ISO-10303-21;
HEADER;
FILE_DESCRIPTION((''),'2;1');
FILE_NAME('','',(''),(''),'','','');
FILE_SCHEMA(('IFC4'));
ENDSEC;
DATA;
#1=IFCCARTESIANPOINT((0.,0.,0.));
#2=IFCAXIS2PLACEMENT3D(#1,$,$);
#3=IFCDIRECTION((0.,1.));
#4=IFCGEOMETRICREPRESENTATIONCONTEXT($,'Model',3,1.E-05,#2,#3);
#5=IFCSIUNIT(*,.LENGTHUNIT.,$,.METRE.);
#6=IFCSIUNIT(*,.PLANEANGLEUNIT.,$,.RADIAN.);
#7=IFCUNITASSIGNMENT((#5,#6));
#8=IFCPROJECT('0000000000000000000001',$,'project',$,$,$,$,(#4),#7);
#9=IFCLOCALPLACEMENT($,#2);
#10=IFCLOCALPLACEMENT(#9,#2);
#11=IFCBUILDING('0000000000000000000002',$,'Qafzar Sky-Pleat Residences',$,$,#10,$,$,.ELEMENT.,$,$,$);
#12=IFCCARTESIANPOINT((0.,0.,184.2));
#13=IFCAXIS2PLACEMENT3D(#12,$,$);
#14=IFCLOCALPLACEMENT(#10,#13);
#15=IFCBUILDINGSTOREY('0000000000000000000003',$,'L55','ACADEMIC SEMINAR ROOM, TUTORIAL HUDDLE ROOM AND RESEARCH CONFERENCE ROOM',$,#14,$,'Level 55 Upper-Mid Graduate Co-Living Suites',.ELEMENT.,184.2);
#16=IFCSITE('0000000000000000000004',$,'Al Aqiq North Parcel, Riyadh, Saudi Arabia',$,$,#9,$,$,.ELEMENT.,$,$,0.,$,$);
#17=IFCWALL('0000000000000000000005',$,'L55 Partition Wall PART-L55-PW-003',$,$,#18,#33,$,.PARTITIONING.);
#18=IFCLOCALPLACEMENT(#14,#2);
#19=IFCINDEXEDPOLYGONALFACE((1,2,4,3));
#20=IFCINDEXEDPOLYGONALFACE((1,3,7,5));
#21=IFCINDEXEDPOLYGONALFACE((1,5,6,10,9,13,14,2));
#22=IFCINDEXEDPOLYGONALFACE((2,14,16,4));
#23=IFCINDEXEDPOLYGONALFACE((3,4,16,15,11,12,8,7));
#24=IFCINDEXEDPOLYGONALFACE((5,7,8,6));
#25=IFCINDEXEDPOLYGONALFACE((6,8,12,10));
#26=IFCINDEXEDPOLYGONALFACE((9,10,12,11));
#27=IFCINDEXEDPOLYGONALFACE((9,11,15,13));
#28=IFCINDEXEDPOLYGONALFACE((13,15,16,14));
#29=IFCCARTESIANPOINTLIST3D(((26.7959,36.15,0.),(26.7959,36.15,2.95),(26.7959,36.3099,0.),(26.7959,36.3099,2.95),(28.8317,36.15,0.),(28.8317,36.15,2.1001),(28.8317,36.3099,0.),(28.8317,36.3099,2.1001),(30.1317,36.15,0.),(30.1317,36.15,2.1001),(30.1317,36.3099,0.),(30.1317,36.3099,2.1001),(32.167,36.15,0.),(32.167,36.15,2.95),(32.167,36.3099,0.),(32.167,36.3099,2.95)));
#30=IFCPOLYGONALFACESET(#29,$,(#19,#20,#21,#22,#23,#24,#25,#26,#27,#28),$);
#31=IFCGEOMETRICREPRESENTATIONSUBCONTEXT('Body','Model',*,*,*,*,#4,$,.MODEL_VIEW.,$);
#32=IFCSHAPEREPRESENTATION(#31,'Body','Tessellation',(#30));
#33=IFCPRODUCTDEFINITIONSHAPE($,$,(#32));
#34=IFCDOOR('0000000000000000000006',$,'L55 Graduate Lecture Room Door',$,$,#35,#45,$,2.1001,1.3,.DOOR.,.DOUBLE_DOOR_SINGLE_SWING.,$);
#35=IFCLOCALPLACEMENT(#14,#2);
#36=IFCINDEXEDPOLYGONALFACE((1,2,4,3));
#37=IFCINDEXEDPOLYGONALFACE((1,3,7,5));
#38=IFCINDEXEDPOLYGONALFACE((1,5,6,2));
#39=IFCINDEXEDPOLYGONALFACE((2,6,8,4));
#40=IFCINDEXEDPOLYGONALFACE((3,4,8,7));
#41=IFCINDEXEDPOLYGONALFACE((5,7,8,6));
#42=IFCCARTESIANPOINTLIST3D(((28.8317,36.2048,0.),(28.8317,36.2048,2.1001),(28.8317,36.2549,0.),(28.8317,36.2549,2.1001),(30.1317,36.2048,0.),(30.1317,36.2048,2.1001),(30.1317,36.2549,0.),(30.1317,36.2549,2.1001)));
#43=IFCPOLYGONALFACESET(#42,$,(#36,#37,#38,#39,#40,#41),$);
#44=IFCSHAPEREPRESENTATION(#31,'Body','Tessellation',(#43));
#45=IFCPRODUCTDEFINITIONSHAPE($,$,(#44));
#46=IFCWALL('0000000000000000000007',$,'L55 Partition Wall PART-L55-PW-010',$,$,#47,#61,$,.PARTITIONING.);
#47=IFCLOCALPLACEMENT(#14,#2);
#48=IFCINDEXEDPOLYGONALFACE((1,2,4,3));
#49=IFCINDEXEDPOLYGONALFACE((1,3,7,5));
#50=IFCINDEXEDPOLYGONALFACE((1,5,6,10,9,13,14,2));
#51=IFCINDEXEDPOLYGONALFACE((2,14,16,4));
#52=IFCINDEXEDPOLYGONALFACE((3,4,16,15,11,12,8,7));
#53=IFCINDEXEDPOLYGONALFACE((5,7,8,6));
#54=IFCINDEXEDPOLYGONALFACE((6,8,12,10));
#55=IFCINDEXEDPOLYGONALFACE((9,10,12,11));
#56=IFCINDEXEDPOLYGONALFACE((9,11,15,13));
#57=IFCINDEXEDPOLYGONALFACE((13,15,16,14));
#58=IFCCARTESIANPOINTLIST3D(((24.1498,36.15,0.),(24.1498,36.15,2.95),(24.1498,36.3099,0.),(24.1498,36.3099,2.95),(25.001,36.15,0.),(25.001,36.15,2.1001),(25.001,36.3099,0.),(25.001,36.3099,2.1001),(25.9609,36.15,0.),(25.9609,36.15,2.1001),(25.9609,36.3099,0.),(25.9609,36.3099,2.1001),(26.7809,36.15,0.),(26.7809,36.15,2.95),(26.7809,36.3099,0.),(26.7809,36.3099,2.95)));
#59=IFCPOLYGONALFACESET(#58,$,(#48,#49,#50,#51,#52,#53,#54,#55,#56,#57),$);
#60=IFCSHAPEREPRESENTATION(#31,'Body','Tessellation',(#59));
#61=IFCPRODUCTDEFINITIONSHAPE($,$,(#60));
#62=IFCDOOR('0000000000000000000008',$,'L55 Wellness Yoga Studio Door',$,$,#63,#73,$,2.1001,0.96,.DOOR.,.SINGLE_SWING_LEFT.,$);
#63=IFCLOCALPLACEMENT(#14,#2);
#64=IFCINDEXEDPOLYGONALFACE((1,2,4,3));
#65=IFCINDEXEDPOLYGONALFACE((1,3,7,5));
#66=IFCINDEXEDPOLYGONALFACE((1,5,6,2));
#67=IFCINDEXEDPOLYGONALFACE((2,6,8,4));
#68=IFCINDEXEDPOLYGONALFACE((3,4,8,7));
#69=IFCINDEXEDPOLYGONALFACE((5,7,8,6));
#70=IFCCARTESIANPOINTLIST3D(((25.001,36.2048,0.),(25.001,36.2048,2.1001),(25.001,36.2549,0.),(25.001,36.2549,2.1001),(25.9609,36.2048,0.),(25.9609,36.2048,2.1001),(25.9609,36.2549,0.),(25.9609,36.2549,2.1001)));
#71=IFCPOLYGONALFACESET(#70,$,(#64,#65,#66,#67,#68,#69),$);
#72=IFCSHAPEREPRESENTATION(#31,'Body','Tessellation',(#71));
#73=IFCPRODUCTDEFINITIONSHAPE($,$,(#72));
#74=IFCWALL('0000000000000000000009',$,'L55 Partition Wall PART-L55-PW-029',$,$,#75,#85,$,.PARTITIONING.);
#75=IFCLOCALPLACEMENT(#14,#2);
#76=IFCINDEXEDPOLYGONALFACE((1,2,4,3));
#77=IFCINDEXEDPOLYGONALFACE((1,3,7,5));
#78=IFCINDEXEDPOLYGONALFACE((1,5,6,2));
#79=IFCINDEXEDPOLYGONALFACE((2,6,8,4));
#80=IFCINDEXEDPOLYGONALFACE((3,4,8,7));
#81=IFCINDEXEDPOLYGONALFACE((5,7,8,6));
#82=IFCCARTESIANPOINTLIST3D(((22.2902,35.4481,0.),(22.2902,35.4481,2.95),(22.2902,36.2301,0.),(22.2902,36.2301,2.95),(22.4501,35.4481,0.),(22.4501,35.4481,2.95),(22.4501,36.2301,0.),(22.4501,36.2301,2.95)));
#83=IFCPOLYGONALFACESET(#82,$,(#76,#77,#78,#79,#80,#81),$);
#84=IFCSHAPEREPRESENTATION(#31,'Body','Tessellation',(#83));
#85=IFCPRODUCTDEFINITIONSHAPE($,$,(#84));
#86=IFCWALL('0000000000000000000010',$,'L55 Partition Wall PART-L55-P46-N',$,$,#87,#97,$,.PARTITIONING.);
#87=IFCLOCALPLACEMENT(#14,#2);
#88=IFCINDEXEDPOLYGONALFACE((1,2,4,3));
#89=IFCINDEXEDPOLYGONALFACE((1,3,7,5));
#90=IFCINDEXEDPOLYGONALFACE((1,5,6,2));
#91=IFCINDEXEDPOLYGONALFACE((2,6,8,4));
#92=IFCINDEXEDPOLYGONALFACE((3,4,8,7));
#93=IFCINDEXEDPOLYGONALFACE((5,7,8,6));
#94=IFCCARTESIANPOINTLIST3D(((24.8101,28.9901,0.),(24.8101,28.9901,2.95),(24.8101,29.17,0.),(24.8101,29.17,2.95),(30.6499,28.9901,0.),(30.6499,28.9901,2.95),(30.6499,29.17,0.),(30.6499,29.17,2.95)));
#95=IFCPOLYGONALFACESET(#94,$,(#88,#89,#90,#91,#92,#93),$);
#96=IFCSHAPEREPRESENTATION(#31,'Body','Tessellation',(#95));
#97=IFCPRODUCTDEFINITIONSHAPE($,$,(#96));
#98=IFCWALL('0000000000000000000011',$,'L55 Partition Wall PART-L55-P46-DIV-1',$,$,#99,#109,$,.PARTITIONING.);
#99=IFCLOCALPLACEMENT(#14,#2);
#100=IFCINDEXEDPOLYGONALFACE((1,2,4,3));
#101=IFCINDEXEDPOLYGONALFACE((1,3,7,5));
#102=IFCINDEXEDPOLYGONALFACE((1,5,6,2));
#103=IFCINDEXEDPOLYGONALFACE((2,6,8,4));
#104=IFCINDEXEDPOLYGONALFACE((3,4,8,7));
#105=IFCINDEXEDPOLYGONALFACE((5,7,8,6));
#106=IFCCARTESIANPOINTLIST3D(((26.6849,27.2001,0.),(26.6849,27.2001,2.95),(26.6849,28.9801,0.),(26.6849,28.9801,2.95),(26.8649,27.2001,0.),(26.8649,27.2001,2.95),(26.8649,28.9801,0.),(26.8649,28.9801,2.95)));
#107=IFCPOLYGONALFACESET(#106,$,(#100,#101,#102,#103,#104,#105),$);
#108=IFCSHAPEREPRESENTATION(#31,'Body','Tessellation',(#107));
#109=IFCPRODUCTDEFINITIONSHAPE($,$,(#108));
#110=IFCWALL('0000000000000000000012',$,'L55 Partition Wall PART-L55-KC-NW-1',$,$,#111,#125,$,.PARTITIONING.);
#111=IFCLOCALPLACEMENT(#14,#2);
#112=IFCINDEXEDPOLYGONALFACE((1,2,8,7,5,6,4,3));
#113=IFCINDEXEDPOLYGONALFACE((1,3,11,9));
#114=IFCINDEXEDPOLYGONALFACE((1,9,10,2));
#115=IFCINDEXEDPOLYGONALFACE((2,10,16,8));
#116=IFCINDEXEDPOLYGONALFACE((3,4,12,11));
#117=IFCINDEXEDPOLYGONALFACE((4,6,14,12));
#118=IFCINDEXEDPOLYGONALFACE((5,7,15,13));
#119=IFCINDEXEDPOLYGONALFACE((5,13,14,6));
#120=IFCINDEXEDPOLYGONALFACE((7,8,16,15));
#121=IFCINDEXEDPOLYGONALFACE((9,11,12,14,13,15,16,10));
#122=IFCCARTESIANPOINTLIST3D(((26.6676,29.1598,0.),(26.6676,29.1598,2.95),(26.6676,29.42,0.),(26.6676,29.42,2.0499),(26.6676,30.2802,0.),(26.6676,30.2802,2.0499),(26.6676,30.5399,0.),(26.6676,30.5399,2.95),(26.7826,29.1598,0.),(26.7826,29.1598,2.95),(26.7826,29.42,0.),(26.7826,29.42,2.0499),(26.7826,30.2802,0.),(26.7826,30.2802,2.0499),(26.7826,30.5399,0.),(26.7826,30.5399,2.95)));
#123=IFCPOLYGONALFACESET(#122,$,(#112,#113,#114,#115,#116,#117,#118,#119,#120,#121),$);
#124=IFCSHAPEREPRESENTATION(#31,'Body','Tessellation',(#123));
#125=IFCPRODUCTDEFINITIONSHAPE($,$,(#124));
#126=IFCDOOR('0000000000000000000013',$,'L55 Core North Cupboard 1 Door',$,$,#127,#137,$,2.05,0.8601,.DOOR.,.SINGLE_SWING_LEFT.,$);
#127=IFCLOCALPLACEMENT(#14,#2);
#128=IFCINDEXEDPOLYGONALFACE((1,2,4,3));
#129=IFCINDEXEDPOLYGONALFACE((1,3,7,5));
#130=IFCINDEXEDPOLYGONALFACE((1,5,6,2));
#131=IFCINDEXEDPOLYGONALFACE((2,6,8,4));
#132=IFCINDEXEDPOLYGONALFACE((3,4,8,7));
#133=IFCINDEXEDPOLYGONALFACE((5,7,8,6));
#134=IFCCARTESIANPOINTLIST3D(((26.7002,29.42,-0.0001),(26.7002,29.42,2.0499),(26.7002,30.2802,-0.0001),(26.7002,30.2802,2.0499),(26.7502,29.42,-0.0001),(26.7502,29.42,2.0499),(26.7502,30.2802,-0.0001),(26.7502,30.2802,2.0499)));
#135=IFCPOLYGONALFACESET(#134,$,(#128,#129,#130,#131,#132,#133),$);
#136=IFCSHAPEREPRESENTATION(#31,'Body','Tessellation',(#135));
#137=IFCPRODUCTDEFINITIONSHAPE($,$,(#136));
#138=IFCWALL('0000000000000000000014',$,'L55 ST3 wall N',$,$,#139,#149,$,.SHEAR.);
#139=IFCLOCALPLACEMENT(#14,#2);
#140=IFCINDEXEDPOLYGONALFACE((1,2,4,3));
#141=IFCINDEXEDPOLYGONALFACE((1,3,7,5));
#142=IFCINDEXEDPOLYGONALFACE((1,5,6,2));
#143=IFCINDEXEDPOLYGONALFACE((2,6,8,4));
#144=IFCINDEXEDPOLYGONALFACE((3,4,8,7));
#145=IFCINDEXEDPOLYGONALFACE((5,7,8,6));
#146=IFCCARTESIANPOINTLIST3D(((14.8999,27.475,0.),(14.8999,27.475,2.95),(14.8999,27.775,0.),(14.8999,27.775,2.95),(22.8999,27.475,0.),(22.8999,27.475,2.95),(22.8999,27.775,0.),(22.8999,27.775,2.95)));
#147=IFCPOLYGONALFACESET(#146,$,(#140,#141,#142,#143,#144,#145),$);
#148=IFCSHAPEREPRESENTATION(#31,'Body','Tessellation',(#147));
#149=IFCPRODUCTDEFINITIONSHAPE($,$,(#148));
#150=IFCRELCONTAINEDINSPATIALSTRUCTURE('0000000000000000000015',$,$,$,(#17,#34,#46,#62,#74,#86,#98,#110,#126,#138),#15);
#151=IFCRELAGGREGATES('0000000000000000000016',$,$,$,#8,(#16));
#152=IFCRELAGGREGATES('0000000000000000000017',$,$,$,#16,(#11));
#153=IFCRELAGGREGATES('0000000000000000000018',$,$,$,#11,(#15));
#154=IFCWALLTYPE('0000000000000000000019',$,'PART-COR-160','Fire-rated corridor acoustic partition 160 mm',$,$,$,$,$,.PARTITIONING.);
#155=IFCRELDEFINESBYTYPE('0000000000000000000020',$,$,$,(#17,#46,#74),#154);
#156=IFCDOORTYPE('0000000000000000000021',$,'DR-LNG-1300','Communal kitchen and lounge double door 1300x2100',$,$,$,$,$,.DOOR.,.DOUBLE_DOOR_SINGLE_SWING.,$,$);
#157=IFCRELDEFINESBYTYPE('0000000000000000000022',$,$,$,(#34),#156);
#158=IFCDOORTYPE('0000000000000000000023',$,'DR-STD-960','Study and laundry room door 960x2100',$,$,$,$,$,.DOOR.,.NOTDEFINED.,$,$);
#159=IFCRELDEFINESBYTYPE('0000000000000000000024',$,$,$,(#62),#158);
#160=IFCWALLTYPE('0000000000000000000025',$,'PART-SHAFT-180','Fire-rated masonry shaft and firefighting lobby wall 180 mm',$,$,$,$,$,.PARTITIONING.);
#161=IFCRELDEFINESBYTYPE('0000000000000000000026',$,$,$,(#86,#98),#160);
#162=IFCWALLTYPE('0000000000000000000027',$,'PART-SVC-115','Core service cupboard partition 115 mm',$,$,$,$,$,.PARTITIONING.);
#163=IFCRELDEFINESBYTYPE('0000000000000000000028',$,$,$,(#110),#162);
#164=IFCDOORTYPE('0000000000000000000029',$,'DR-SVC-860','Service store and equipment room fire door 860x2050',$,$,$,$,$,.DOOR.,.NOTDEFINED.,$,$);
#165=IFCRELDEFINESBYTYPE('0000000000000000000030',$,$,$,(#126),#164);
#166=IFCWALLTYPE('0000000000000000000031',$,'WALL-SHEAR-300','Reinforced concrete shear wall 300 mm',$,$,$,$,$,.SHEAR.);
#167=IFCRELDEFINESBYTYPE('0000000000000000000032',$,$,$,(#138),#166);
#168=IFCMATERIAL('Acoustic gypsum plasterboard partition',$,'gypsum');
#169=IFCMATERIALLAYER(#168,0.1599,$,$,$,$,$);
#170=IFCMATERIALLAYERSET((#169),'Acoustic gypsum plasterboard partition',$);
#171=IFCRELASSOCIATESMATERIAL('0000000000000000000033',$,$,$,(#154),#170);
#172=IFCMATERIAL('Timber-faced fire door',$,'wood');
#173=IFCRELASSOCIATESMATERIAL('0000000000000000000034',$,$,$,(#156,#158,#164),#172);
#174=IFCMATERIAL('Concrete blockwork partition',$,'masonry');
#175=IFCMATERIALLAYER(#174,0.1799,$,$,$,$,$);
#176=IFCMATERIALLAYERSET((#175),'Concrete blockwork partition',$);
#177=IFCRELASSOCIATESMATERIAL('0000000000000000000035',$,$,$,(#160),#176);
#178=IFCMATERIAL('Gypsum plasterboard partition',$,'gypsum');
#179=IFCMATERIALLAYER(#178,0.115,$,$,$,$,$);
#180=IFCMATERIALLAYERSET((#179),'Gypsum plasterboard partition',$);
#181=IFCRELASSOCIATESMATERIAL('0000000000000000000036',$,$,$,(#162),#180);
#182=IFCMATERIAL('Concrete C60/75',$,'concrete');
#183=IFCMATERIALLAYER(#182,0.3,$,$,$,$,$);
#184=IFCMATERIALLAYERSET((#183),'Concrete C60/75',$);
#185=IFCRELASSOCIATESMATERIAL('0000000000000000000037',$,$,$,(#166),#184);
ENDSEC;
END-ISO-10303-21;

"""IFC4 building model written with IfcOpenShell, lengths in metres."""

from ifc_helpers import new_model, si_unit, direction, frame, frame_2d, origin, place, context, subcontext, project, spatial, rectangle, extrude, source, transform, mapped, material, layer, layer_set, type_object, element, fill, save


model = new_model("IFC4")

# Units and contexts
model_context = context("Model", 3, precision=1e-05, world=origin(), true_north=direction((0.0, 1.0)))
body_context = subcontext(model_context, "Body", "Model", "MODEL_VIEW")
ifc_project = project(units=[si_unit("LENGTHUNIT", "METRE"), si_unit("PLANEANGLEUNIT", "RADIAN")], contexts=[model_context])

# Site, building, storey
site_placement = place(None, origin())
site = spatial("IfcSite", under=ifc_project, at=site_placement, Name="Al Aqiq North Parcel, Riyadh, Saudi Arabia", CompositionType="ELEMENT", RefElevation=0.0)
building_placement = place(site_placement, origin())
building = spatial("IfcBuilding", under=site, at=building_placement, Name="Qafzar Sky-Pleat Residences", CompositionType="ELEMENT")
storey_placement = place(building_placement, frame((0.0, 0.0, 184.2)))
storey = spatial("IfcBuildingStorey", under=building, at=storey_placement, Name="L55", Description="ACADEMIC SEMINAR ROOM, TUTORIAL HUDDLE ROOM AND RESEARCH CONFERENCE ROOM", LongName="Level 55 Upper-Mid Graduate Co-Living Suites", CompositionType="ELEMENT", Elevation=184.2)

# Walls, openings, doors
ifc_material_1 = material(Name="Acoustic gypsum plasterboard partition", Category="gypsum")
ifc_layer_1 = layer(ifc_material_1, 0.1599)
ifc_layer_set_1 = layer_set([ifc_layer_1], Name="Acoustic gypsum plasterboard partition")
wall_type_1 = type_object("IfcWallType", Name="PART-COR-160", Description="Fire-rated corridor acoustic partition 160 mm", PredefinedType="PARTITIONING", material=ifc_layer_set_1)
wall_1_placement = place(storey_placement, frame((26.7959, 36.23, 0.0), z_axis=(0.0, 0.0, 1.0), x_axis=(1.0, 0.0, 0.0)))
wall_1 = element("IfcWall", 1, at=wall_1_placement, inside=storey, type_object=wall_type_1, Name="L55 Partition Wall PART-L55-PW-003", PredefinedType="PARTITIONING", context=body_context, shape_type="SweptSolid", body=[
    extrude(rectangle(XDim=5.3711, YDim=0.1599, at=frame_2d((2.6855, 0.0))), origin(), (0.0, 0.0, 1.0), 2.95),
])
opening_1_placement = place(wall_1_placement, frame((2.0359, 0.0, 0.0)))
opening_1 = element("IfcOpeningElement", 2, at=opening_1_placement, cuts=wall_1, PredefinedType="OPENING", context=body_context, shape_type="SweptSolid", body=[
    extrude(rectangle(XDim=1.3, YDim=2.1001, at=frame_2d((0.6499, 1.05))), frame((0.0, 0.0898, 0.0), z_axis=(0.0, -1.0, 0.0), x_axis=(1.0, 0.0, 0.0)), (0.0, 0.0, 1.0), 0.1799),
])
ifc_material_2 = material(Name="Timber-faced fire door", Category="wood")
door_type_1 = type_object("IfcDoorType", Name="DR-LNG-1300", Description="Communal kitchen and lounge double door 1300x2100", OperationType="DOUBLE_DOOR_SINGLE_SWING", PredefinedType="DOOR", material=ifc_material_2)
shared_shape_1 = source(origin(), body_context, "Body", "SweptSolid", [
    extrude(rectangle(XDim=1.3, YDim=2.1001, at=frame_2d((0.6499, 1.05))), frame((0.0, 0.0249, 0.0), z_axis=(0.0, -1.0, 0.0), x_axis=(1.0, 0.0, 0.0)), (0.0, 0.0, 1.0), 0.05),
])
door_1_placement = place(opening_1_placement, origin())
door_1 = element("IfcDoor", 3, at=door_1_placement, inside=storey, type_object=door_type_1, Name="L55 Graduate Lecture Room Door", OperationType="DOUBLE_DOOR_SINGLE_SWING", OverallHeight=2.1001, OverallWidth=1.3, PredefinedType="DOOR", context=body_context, shape_type="MappedRepresentation", body=[
    mapped(shared_shape_1, transform((0.0, 0.0, 0.0), x_axis=(1.0, 0.0, 0.0), y_axis=(0.0, 1.0, 0.0), z_axis=(0.0, 0.0, 1.0), scale=1.0)),
])
fill(opening_1, door_1)
wall_2_placement = place(storey_placement, frame((24.1499, 36.23, 0.0), z_axis=(0.0, 0.0, 1.0), x_axis=(1.0, 0.0, 0.0)))
wall_2 = element("IfcWall", 4, at=wall_2_placement, inside=storey, type_object=wall_type_1, Name="L55 Partition Wall PART-L55-PW-010", PredefinedType="PARTITIONING", context=body_context, shape_type="SweptSolid", body=[
    extrude(rectangle(XDim=2.6311, YDim=0.1599, at=frame_2d((1.3154, 0.0))), origin(), (0.0, 0.0, 1.0), 2.95),
])
opening_2_placement = place(wall_2_placement, frame((0.8511, 0.0, 0.0)))
opening_2 = element("IfcOpeningElement", 5, at=opening_2_placement, cuts=wall_2, PredefinedType="OPENING", context=body_context, shape_type="SweptSolid", body=[
    extrude(rectangle(XDim=0.96, YDim=2.1001, at=frame_2d((0.48, 1.05))), frame((0.0, 0.0898, 0.0), z_axis=(0.0, -1.0, 0.0), x_axis=(1.0, 0.0, 0.0)), (0.0, 0.0, 1.0), 0.1799),
])
door_type_2 = type_object("IfcDoorType", Name="DR-STD-960", Description="Study and laundry room door 960x2100", OperationType="NOTDEFINED", PredefinedType="DOOR", material=ifc_material_2)
shared_shape_2 = source(origin(), body_context, "Body", "SweptSolid", [
    extrude(rectangle(XDim=0.96, YDim=2.1001, at=frame_2d((0.48, 1.05))), frame((0.0, 0.0249, 0.0), z_axis=(0.0, -1.0, 0.0), x_axis=(1.0, 0.0, 0.0)), (0.0, 0.0, 1.0), 0.05),
])
door_2_placement = place(opening_2_placement, origin())
door_2 = element("IfcDoor", 6, at=door_2_placement, inside=storey, type_object=door_type_2, Name="L55 Wellness Yoga Studio Door", OperationType="SINGLE_SWING_LEFT", OverallHeight=2.1001, OverallWidth=0.96, PredefinedType="DOOR", context=body_context, shape_type="MappedRepresentation", body=[
    mapped(shared_shape_2, transform((0.0, 0.0, 0.0), x_axis=(1.0, 0.0, 0.0), y_axis=(0.0, 1.0, 0.0), z_axis=(0.0, 0.0, 1.0), scale=1.0)),
])
fill(opening_2, door_2)

# Walls
wall_3_placement = place(storey_placement, frame((22.3701, 35.448, 0.0), z_axis=(0.0, 0.0, 1.0), x_axis=(0.0, 1.0, 0.0)))
element("IfcWall", 7, at=wall_3_placement, inside=storey, type_object=wall_type_1, Name="L55 Partition Wall PART-L55-PW-029", PredefinedType="PARTITIONING", context=body_context, shape_type="SweptSolid", body=[
    extrude(rectangle(XDim=0.782, YDim=0.1599, at=frame_2d((0.3911, 0.0))), origin(), (0.0, 0.0, 1.0), 2.95),
])
ifc_material_3 = material(Name="Concrete blockwork partition", Category="masonry")
ifc_layer_2 = layer(ifc_material_3, 0.1799)
ifc_layer_set_2 = layer_set([ifc_layer_2], Name="Concrete blockwork partition")
wall_type_2 = type_object("IfcWallType", Name="PART-SHAFT-180", Description="Fire-rated masonry shaft and firefighting lobby wall 180 mm", PredefinedType="PARTITIONING", material=ifc_layer_set_2)
wall_4_placement = place(storey_placement, frame((24.8101, 29.0801, 0.0), z_axis=(0.0, 0.0, 1.0), x_axis=(1.0, 0.0, 0.0)))
element("IfcWall", 8, at=wall_4_placement, inside=storey, type_object=wall_type_2, Name="L55 Partition Wall PART-L55-P46-N", PredefinedType="PARTITIONING", context=body_context, shape_type="SweptSolid", body=[
    extrude(rectangle(XDim=5.8398, YDim=0.1799, at=frame_2d((2.9199, 0.0))), origin(), (0.0, 0.0, 1.0), 2.95),
])

# Wall
wall_5_placement = place(storey_placement, frame((26.7749, 27.2, 0.0), z_axis=(0.0, 0.0, 1.0), x_axis=(0.0, 1.0, 0.0)))
element("IfcWall", 9, at=wall_5_placement, inside=storey, type_object=wall_type_2, Name="L55 Partition Wall PART-L55-P46-DIV-1", PredefinedType="PARTITIONING", context=body_context, shape_type="SweptSolid", body=[
    extrude(rectangle(XDim=1.78, YDim=0.1799, at=frame_2d((0.8901, 0.0))), origin(), (0.0, 0.0, 1.0), 2.95),
])

# Wall, opening, door
ifc_material_4 = material(Name="Gypsum plasterboard partition", Category="gypsum")
ifc_layer_3 = layer(ifc_material_4, 0.115)
ifc_layer_set_3 = layer_set([ifc_layer_3], Name="Gypsum plasterboard partition")
wall_type_3 = type_object("IfcWallType", Name="PART-SVC-115", Description="Core service cupboard partition 115 mm", PredefinedType="PARTITIONING", material=ifc_layer_set_3)
wall_6_placement = place(storey_placement, frame((26.7251, 29.1599, 0.0), z_axis=(0.0, 0.0, 1.0), x_axis=(0.0, 1.0, 0.0)))
wall_6 = element("IfcWall", 10, at=wall_6_placement, inside=storey, type_object=wall_type_3, Name="L55 Partition Wall PART-L55-KC-NW-1", PredefinedType="PARTITIONING", context=body_context, shape_type="SweptSolid", body=[
    extrude(rectangle(XDim=1.3801, YDim=0.115, at=frame_2d((0.6899, 0.0))), origin(), (0.0, 0.0, 1.0), 2.95),
])
opening_3_placement = place(wall_6_placement, frame((0.26, 0.0, 0.0)))
opening_3 = element("IfcOpeningElement", 11, at=opening_3_placement, cuts=wall_6, PredefinedType="OPENING", context=body_context, shape_type="SweptSolid", body=[
    extrude(rectangle(XDim=0.8601, YDim=2.05, at=frame_2d((0.4302, 1.0249))), frame((0.0, 0.0674, 0.0), z_axis=(0.0, -1.0, 0.0), x_axis=(1.0, 0.0, 0.0)), (0.0, 0.0, 1.0), 0.135),
])
door_type_3 = type_object("IfcDoorType", Name="DR-SVC-860", Description="Service store and equipment room fire door 860x2050", OperationType="NOTDEFINED", PredefinedType="DOOR", material=ifc_material_2)
shared_shape_3 = source(origin(), body_context, "Body", "SweptSolid", [
    extrude(rectangle(XDim=0.8601, YDim=2.05, at=frame_2d((0.4302, 1.0249))), frame((0.0, 0.0249, 0.0), z_axis=(0.0, -1.0, 0.0), x_axis=(1.0, 0.0, 0.0)), (0.0, 0.0, 1.0), 0.05),
])
door_3_placement = place(opening_3_placement, origin())
door_3 = element("IfcDoor", 12, at=door_3_placement, inside=storey, type_object=door_type_3, Name="L55 Core North Cupboard 1 Door", OperationType="SINGLE_SWING_LEFT", OverallHeight=2.05, OverallWidth=0.8601, PredefinedType="DOOR", context=body_context, shape_type="MappedRepresentation", body=[
    mapped(shared_shape_3, transform((0.0, 0.0, 0.0), x_axis=(1.0, 0.0, 0.0), y_axis=(0.0, 1.0, 0.0), z_axis=(0.0, 0.0, 1.0), scale=1.0)),
])
fill(opening_3, door_3)

# Shared definitions
ifc_material_5 = material(Name="Concrete C60/75", Category="concrete")
ifc_layer_4 = layer(ifc_material_5, 0.3)
ifc_layer_set_4 = layer_set([ifc_layer_4], Name="Concrete C60/75")
wall_type_4 = type_object("IfcWallType", Name="WALL-SHEAR-300", Description="Reinforced concrete shear wall 300 mm", PredefinedType="SHEAR", material=ifc_layer_set_4)

# Wall
wall_7_placement = place(storey_placement, frame((22.8999, 27.625, 0.0), z_axis=(0.0, 0.0, 1.0), x_axis=(-1.0, 0.0, 0.0)))
element("IfcWall", 13, at=wall_7_placement, inside=storey, type_object=wall_type_4, Name="L55 ST3 wall N", PredefinedType="SHEAR", context=body_context, shape_type="SweptSolid", body=[
    extrude(rectangle(XDim=8.0, YDim=0.3, at=frame_2d((4.0, 0.0))), origin(), (0.0, 0.0, 1.0), 2.95),
])

save(model, "model.ifc")
